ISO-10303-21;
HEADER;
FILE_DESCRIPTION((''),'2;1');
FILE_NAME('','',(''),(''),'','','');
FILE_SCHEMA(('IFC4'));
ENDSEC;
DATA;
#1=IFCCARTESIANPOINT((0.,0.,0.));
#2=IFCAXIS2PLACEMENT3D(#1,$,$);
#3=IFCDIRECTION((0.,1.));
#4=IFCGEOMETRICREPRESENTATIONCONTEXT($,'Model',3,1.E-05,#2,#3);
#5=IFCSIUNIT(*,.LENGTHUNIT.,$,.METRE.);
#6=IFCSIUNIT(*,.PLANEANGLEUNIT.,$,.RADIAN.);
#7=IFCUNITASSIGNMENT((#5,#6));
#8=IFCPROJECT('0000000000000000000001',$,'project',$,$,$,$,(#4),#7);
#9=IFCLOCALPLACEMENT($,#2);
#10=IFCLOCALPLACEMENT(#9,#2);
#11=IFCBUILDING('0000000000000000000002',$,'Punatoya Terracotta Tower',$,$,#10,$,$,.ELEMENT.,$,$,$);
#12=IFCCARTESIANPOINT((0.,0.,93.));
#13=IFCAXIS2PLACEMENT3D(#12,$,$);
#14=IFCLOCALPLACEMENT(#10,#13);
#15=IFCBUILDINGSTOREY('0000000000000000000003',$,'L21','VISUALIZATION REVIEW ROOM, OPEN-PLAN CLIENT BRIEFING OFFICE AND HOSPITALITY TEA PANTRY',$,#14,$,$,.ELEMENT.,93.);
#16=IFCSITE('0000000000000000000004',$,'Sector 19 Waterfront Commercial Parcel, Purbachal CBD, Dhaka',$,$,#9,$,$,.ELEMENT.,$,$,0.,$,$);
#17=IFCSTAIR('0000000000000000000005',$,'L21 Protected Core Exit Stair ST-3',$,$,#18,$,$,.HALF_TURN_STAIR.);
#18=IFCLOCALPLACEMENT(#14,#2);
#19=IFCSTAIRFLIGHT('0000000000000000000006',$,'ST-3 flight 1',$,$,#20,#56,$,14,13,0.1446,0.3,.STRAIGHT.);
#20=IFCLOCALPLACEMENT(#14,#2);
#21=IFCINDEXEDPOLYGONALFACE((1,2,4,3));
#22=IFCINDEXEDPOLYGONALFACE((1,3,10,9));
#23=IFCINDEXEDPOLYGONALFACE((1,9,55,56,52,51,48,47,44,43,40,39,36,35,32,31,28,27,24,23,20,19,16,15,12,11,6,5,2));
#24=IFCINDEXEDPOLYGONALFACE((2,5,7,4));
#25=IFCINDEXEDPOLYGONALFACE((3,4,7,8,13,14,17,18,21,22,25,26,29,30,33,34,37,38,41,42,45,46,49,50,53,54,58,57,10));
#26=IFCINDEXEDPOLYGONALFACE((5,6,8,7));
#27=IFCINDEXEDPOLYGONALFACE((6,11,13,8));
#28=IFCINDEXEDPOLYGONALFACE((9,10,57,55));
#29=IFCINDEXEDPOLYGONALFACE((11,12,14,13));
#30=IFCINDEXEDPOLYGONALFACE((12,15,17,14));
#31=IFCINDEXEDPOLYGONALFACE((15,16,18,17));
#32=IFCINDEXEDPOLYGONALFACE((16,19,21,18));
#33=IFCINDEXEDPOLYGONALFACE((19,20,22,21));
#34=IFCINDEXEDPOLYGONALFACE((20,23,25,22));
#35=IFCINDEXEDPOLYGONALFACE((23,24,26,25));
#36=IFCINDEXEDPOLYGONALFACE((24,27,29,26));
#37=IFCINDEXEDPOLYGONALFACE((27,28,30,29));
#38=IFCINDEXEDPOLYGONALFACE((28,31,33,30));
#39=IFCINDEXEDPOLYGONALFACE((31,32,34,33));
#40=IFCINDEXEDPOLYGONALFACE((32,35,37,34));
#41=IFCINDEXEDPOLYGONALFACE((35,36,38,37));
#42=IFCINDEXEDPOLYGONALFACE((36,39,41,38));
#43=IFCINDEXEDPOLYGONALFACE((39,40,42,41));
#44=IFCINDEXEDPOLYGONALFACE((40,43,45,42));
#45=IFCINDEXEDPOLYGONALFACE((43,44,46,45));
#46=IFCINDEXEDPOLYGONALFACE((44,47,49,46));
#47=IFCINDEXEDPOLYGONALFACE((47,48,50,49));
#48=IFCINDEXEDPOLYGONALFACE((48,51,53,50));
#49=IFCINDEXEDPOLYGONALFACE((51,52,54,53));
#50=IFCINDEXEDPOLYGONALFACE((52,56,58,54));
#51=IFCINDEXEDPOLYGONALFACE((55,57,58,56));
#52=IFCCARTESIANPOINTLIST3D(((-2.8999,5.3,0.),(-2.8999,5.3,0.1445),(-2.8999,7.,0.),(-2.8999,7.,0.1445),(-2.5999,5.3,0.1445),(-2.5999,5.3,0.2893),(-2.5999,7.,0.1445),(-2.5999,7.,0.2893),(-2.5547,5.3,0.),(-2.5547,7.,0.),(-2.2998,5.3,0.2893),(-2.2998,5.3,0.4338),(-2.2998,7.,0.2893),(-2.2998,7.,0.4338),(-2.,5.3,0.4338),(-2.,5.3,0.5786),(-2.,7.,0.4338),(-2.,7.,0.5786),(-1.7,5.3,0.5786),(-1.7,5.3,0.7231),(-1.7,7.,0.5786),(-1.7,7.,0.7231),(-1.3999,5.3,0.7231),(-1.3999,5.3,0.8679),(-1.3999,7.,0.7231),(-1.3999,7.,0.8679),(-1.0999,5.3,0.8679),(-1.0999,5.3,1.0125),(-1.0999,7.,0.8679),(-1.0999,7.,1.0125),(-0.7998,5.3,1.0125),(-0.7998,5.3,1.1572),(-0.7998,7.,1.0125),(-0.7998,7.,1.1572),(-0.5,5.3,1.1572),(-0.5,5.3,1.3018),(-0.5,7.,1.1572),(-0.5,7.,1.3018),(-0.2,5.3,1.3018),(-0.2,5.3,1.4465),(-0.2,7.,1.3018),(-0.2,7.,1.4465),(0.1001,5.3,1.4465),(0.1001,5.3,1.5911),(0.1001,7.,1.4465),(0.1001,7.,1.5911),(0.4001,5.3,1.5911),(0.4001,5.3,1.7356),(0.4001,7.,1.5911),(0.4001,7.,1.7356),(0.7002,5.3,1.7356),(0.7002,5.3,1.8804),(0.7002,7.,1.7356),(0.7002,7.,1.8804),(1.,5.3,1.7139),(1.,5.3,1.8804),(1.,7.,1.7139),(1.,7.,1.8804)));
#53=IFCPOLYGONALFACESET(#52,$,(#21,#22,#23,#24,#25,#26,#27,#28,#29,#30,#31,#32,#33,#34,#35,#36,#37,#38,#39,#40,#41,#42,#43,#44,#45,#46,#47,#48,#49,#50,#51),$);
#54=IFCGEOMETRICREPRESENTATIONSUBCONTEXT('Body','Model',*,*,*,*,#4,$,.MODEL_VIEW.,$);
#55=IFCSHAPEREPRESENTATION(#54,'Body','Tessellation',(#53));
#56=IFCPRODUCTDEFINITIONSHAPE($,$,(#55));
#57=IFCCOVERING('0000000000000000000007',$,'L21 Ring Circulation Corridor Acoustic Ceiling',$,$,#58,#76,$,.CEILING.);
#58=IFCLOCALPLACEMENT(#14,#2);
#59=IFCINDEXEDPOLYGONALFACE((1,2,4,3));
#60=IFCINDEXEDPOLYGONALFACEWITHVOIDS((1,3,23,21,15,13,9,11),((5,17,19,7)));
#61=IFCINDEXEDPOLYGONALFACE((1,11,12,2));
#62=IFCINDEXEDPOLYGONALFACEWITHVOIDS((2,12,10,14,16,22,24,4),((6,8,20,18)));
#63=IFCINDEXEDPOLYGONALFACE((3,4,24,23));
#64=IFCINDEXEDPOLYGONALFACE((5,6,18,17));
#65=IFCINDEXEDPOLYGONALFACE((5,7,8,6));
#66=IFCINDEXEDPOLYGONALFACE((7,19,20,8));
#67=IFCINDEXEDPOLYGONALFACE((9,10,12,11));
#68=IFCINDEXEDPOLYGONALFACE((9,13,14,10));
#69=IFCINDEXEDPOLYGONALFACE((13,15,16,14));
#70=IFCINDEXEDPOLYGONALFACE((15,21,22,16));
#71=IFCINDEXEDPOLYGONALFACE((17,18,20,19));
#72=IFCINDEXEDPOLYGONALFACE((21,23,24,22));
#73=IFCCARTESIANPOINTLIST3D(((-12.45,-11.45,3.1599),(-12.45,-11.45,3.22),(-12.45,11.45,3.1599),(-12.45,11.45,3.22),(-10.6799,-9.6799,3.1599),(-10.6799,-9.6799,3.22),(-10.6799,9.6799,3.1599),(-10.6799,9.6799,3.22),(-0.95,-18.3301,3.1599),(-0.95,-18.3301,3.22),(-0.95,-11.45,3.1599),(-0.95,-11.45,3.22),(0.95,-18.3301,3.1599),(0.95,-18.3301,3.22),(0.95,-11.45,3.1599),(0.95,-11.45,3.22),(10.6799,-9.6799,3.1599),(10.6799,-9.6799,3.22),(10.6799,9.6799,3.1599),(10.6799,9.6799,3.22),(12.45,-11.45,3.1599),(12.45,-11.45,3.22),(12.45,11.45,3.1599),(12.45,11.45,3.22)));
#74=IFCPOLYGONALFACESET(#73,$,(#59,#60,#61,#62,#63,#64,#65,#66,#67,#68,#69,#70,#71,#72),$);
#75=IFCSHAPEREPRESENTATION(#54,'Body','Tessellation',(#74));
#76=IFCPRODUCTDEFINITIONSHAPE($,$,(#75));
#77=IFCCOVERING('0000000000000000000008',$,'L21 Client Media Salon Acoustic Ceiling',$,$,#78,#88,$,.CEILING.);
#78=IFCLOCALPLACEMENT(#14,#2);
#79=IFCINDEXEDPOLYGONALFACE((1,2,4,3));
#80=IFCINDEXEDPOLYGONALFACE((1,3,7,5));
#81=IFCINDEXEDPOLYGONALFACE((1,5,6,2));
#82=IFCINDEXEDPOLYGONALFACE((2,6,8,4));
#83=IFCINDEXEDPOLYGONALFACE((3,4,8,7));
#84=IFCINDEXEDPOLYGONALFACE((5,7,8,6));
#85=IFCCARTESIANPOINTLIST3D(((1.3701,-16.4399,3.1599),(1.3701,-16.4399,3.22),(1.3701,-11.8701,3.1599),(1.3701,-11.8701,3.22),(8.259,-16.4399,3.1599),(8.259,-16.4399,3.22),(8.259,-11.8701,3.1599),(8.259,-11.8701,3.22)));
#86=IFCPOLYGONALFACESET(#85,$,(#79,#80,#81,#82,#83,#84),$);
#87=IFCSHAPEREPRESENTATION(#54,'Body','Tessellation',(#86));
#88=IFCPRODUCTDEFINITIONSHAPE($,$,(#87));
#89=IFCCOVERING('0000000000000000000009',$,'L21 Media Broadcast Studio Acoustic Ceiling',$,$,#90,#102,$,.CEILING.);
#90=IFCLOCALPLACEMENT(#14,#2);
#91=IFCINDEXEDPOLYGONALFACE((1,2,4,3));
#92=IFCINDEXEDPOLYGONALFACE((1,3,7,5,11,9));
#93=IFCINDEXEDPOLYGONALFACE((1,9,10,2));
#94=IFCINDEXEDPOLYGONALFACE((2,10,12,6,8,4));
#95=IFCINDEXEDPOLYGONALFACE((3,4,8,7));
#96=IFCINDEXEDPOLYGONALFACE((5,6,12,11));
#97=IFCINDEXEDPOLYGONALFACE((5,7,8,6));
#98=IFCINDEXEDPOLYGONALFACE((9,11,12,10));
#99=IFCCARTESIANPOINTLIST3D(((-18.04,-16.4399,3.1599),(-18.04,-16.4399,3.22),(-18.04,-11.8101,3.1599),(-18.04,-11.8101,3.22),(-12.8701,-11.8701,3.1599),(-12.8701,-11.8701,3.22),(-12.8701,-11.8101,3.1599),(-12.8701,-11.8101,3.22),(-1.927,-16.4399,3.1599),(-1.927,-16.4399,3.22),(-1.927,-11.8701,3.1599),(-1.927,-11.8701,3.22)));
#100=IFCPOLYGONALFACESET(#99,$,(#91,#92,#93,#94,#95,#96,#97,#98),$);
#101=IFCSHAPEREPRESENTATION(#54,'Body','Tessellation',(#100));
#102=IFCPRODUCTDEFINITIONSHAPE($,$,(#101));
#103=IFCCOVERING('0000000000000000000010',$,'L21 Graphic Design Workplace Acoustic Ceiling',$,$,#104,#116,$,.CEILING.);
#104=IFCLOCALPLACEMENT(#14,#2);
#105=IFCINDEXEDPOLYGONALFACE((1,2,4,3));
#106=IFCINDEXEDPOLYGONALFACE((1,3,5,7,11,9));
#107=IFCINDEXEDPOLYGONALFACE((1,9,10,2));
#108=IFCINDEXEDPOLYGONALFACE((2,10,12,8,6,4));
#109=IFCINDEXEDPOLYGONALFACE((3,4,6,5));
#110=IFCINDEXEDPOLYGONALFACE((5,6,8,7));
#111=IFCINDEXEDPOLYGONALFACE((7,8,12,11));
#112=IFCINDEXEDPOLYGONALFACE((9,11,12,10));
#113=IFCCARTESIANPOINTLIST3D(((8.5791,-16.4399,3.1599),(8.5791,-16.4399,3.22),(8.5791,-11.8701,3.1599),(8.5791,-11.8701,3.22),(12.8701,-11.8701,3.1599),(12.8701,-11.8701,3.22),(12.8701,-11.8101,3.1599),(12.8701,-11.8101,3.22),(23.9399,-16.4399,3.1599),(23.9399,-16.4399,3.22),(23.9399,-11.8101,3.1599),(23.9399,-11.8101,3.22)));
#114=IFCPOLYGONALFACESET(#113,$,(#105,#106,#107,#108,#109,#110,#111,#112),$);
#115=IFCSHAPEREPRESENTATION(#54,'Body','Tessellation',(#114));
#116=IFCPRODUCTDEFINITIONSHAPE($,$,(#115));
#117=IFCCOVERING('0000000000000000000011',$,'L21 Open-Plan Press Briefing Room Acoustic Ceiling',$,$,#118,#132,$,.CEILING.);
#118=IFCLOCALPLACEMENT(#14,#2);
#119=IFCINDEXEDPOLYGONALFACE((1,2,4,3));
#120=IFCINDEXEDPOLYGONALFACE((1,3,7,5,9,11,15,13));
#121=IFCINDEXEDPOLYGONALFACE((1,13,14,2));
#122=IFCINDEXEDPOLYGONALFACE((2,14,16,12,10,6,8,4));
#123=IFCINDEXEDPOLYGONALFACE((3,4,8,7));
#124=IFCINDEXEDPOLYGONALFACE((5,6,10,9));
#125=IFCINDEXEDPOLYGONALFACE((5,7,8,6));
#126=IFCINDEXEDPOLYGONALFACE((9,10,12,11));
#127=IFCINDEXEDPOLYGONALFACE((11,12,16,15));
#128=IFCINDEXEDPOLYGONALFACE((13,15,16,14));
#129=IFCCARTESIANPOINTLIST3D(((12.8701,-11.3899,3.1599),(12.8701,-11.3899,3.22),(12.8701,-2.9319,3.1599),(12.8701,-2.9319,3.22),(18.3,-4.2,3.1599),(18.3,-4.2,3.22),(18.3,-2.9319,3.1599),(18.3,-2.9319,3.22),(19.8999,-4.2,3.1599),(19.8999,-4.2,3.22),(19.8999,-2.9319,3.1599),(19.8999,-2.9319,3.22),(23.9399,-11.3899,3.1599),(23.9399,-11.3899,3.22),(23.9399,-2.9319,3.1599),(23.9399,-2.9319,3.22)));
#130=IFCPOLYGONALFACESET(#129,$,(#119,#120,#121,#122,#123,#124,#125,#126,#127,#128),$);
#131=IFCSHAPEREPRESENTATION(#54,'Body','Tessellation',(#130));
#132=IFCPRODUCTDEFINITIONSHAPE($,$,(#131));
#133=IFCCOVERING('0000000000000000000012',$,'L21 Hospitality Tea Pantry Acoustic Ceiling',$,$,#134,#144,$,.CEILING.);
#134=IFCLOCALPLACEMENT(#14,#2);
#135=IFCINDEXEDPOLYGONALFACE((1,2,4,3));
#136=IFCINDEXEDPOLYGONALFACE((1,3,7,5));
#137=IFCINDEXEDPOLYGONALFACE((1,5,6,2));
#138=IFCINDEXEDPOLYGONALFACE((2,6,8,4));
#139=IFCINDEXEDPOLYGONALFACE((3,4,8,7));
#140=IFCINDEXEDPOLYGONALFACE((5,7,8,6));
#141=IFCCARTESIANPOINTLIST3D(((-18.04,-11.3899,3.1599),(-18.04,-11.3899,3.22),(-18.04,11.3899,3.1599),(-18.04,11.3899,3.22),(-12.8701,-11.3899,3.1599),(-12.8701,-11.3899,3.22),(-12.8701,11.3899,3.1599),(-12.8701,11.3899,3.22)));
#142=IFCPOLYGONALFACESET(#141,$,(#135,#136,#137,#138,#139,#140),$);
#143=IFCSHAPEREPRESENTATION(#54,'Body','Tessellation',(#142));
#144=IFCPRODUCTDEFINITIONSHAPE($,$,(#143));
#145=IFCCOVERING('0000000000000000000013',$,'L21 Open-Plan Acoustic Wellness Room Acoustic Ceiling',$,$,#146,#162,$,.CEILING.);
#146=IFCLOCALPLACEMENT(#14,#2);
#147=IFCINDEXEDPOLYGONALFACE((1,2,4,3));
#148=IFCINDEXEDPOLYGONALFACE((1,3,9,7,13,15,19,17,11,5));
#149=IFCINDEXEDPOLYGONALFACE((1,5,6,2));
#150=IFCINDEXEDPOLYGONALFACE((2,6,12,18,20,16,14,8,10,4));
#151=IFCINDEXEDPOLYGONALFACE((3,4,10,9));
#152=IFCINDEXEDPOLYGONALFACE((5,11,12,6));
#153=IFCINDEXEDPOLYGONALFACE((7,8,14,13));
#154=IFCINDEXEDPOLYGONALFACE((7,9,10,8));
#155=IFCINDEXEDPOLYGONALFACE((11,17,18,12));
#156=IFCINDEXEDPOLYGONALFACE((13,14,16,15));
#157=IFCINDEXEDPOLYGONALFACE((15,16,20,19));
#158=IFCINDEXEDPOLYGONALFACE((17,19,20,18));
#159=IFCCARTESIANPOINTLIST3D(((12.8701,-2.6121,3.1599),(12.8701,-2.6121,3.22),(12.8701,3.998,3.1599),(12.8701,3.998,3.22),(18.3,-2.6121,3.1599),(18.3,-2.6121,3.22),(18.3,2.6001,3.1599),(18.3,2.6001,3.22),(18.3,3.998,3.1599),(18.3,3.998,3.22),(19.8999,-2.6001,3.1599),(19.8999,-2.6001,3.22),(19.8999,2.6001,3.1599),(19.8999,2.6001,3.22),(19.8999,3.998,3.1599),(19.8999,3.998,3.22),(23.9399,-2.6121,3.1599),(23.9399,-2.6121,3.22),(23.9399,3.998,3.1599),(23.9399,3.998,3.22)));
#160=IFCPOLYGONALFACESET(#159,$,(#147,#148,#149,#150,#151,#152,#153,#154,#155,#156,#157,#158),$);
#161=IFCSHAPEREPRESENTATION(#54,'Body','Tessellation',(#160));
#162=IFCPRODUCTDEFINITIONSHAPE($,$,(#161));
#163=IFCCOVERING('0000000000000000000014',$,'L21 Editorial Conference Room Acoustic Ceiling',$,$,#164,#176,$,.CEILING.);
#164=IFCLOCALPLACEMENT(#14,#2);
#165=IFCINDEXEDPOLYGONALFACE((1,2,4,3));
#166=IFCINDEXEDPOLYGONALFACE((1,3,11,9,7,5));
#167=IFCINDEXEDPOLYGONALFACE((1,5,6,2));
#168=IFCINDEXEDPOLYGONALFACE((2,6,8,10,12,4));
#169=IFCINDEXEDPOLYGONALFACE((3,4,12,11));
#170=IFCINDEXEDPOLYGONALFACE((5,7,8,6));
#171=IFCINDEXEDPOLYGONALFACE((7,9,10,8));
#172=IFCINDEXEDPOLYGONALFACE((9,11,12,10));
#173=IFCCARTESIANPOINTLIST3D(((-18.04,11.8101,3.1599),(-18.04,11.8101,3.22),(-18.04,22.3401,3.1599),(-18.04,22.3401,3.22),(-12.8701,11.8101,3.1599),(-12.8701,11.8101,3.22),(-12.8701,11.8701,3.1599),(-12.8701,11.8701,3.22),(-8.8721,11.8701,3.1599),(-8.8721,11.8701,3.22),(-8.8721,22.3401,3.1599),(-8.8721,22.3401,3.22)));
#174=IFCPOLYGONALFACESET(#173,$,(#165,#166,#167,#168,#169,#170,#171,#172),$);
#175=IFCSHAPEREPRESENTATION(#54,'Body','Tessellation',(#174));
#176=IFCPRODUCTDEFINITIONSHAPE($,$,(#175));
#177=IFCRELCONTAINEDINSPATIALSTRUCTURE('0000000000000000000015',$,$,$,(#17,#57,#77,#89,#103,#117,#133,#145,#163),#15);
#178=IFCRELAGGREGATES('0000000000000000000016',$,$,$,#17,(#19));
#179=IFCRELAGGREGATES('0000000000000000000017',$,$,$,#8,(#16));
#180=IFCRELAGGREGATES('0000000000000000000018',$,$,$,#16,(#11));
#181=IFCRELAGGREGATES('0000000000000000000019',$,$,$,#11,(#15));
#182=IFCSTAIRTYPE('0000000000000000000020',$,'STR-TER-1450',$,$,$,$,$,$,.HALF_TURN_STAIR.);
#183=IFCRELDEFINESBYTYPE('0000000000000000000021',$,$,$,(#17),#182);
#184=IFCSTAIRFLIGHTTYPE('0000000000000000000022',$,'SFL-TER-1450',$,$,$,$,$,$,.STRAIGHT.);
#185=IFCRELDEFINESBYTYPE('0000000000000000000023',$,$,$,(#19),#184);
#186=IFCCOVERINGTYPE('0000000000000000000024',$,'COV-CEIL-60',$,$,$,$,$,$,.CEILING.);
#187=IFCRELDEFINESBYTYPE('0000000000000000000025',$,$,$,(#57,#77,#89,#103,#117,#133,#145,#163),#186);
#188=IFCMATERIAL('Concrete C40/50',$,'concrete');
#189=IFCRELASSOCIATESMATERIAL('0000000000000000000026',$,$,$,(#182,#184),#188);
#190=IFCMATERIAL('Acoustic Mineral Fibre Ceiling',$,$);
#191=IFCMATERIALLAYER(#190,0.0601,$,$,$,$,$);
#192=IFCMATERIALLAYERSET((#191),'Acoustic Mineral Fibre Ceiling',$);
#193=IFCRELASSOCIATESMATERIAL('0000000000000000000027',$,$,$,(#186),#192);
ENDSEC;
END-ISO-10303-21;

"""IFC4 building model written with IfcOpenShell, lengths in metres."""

from ifc_helpers import new_model, si_unit, direction, frame, origin, place, context, subcontext, project, spatial, polyline, outline, extrude, material, layer, layer_set, type_object, element, aggregate, save


model = new_model("IFC4")

# Units and contexts
model_context = context("Model", 3, precision=1e-05, world=origin(), true_north=direction((0.0, 1.0)))
body_context = subcontext(model_context, "Body", "Model", "MODEL_VIEW")
ifc_project = project(units=[si_unit("LENGTHUNIT", "METRE"), si_unit("PLANEANGLEUNIT", "RADIAN")], contexts=[model_context])

# Site, building, storey
site_placement = place(None, origin())
site = spatial("IfcSite", under=ifc_project, at=site_placement, Name="Sector 19 Waterfront Commercial Parcel, Purbachal CBD, Dhaka", CompositionType="ELEMENT", RefElevation=0.0)
building_placement = place(site_placement, origin())
building = spatial("IfcBuilding", under=site, at=building_placement, Name="Punatoya Terracotta Tower", CompositionType="ELEMENT")
storey_placement = place(building_placement, frame((0.0, 0.0, 93.0)))
storey = spatial("IfcBuildingStorey", under=building, at=storey_placement, Name="L21", Description="VISUALIZATION REVIEW ROOM, OPEN-PLAN CLIENT BRIEFING OFFICE AND HOSPITALITY TEA PANTRY", CompositionType="ELEMENT", Elevation=93.0)

# Stair
ifc_material_1 = material(Name="Concrete C40/50", Category="concrete")
stair_type_1 = type_object("IfcStairType", Name="STR-TER-1450", PredefinedType="HALF_TURN_STAIR", material=ifc_material_1)
stair_1_placement = place(storey_placement, origin())
stair_1 = element("IfcStair", 1, at=stair_1_placement, inside=storey, type_object=stair_type_1, Name="L21 Protected Core Exit Stair ST-3", PredefinedType="HALF_TURN_STAIR")

# Stair flight
stair_flight_type = type_object("IfcStairFlightType", Name="SFL-TER-1450", PredefinedType="STRAIGHT", material=ifc_material_1)
stair_flight_placement = place(storey_placement, frame((-2.8999, 6.1499, 0.0), z_axis=(0.0, 0.0, 1.0), x_axis=(1.0, 0.0, 0.0)))
stair_flight = element("IfcStairFlight", 2, at=stair_flight_placement, type_object=stair_flight_type, Name="ST-3 flight 1", NumberOfRisers=14, NumberOfTreads=13, PredefinedType="STRAIGHT", RiserHeight=0.1446, TreadLength=0.3, context=body_context, shape_type="SweptSolid", body=[
    extrude(outline(polyline([(0.0, 0.0), (0.0, 0.1445), (0.3, 0.1445), (0.3, 0.2893), (0.6001, 0.2893), (0.6001, 0.4338), (0.8999, 0.4338), (0.8999, 0.5786), (1.2, 0.5786), (1.2, 0.7231), (1.5, 0.7231), (1.5, 0.8679), (1.8, 0.8679), (1.8, 1.0125), (2.1001, 1.0125), (2.1001, 1.1572), (2.3999, 1.1572), (2.3999, 1.3018), (2.7, 1.3018), (2.7, 1.4465), (3.0, 1.4465), (3.0, 1.5911), (3.3, 1.5911), (3.3, 1.7356), (3.6001, 1.7356), (3.6001, 1.8804), (3.8999, 1.8804), (3.8999, 2.0249), (3.8999, 1.7139), (0.3452, 0.0), (0.0, 0.0)])), frame((0.0, 0.8501, 0.0), z_axis=(0.0, -1.0, 0.0), x_axis=(1.0, 0.0, 0.0)), (0.0, 0.0, 1.0), 1.7),
])
aggregate(stair_1, [stair_flight])

# Coverings
ifc_material_2 = material(Name="Acoustic Mineral Fibre Ceiling")
ifc_layer_1 = layer(ifc_material_2, 0.0601)
ifc_layer_set_1 = layer_set([ifc_layer_1], Name="Acoustic Mineral Fibre Ceiling")
covering_type = type_object("IfcCoveringType", Name="COV-CEIL-60", PredefinedType="CEILING", material=ifc_layer_set_1)
covering_1_placement = place(storey_placement, frame((0.0, 0.0, 3.1599)))
element("IfcCovering", 3, at=covering_1_placement, inside=storey, type_object=covering_type, Name="L21 Ring Circulation Corridor Acoustic Ceiling", PredefinedType="CEILING", context=body_context, shape_type="SweptSolid", body=[
    extrude(outline(polyline([(12.45, -11.45), (12.45, 11.45), (-12.45, 11.45), (-12.45, -11.45), (-0.95, -11.45), (-0.95, -18.3301), (0.95, -18.3301), (0.95, -11.45), (12.45, -11.45)]), holes=[polyline([(10.6799, -9.6799), (-10.6799, -9.6799), (-10.6799, 9.6799), (10.6799, 9.6799), (10.6799, -9.6799)])]), origin(), (0.0, 0.0, 1.0), 0.0601),
])
covering_2_placement = place(storey_placement, frame((0.0, 0.0, 3.1599)))
element("IfcCovering", 4, at=covering_2_placement, inside=storey, type_object=covering_type, Name="L21 Client Media Salon Acoustic Ceiling", PredefinedType="CEILING", context=body_context, shape_type="SweptSolid", body=[
    extrude(outline(polyline([(1.3701, -16.4399), (8.259, -16.4399), (8.259, -11.8701), (1.3701, -11.8701), (1.3701, -16.4399)])), origin(), (0.0, 0.0, 1.0), 0.0601),
])
covering_3_placement = place(storey_placement, frame((0.0, 0.0, 3.1599)))
element("IfcCovering", 5, at=covering_3_placement, inside=storey, type_object=covering_type, Name="L21 Media Broadcast Studio Acoustic Ceiling", PredefinedType="CEILING", context=body_context, shape_type="SweptSolid", body=[
    extrude(outline(polyline([(-12.8701, -11.8701), (-12.8701, -11.8101), (-18.04, -11.8101), (-18.04, -16.4399), (-1.927, -16.4399), (-1.927, -11.8701), (-12.8701, -11.8701)])), origin(), (0.0, 0.0, 1.0), 0.0601),
])
covering_4_placement = place(storey_placement, frame((0.0, 0.0, 3.1599)))
element("IfcCovering", 6, at=covering_4_placement, inside=storey, type_object=covering_type, Name="L21 Graphic Design Workplace Acoustic Ceiling", PredefinedType="CEILING", context=body_context, shape_type="SweptSolid", body=[
    extrude(outline(polyline([(12.8701, -11.8701), (8.5791, -11.8701), (8.5791, -16.4399), (23.9399, -16.4399), (23.9399, -11.8101), (12.8701, -11.8101), (12.8701, -11.8701)])), origin(), (0.0, 0.0, 1.0), 0.0601),
])
covering_5_placement = place(storey_placement, frame((0.0, 0.0, 3.1599)))
element("IfcCovering", 7, at=covering_5_placement, inside=storey, type_object=covering_type, Name="L21 Open-Plan Press Briefing Room Acoustic Ceiling", PredefinedType="CEILING", context=body_context, shape_type="SweptSolid", body=[
    extrude(outline(polyline([(23.9399, -11.3899), (23.9399, -2.9319), (19.8999, -2.9319), (19.8999, -4.2), (18.3, -4.2), (18.3, -2.9319), (12.8701, -2.9319), (12.8701, -11.3899), (23.9399, -11.3899)])), origin(), (0.0, 0.0, 1.0), 0.0601),
])
covering_6_placement = place(storey_placement, frame((0.0, 0.0, 3.1599)))
element("IfcCovering", 8, at=covering_6_placement, inside=storey, type_object=covering_type, Name="L21 Hospitality Tea Pantry Acoustic Ceiling", PredefinedType="CEILING", context=body_context, shape_type="SweptSolid", body=[
    extrude(outline(polyline([(-12.8701, -11.3899), (-12.8701, 11.3899), (-18.04, 11.3899), (-18.04, -11.3899), (-12.8701, -11.3899)])), origin(), (0.0, 0.0, 1.0), 0.0601),
])
covering_7_placement = place(storey_placement, frame((0.0, 0.0, 3.1599)))
element("IfcCovering", 9, at=covering_7_placement, inside=storey, type_object=covering_type, Name="L21 Open-Plan Acoustic Wellness Room Acoustic Ceiling", PredefinedType="CEILING", context=body_context, shape_type="SweptSolid", body=[
    extrude(outline(polyline([(18.3, -2.6121), (19.8999, -2.6001), (23.9399, -2.6121), (23.9399, 3.998), (19.8999, 3.998), (19.8999, 2.6001), (18.3, 2.6001), (18.3, 3.998), (12.8701, 3.998), (12.8701, -2.6121), (18.3, -2.6121)])), origin(), (0.0, 0.0, 1.0), 0.0601),
])
covering_8_placement = place(storey_placement, frame((0.0, 0.0, 3.1599)))
element("IfcCovering", 10, at=covering_8_placement, inside=storey, type_object=covering_type, Name="L21 Editorial Conference Room Acoustic Ceiling", PredefinedType="CEILING", context=body_context, shape_type="SweptSolid", body=[
    extrude(outline(polyline([(-18.04, 22.3401), (-18.04, 11.8101), (-12.8701, 11.8101), (-12.8701, 11.8701), (-8.8721, 11.8701), (-8.8721, 22.3401), (-18.04, 22.3401)])), origin(), (0.0, 0.0, 1.0), 0.0601),
])

save(model, "model.ifc")
